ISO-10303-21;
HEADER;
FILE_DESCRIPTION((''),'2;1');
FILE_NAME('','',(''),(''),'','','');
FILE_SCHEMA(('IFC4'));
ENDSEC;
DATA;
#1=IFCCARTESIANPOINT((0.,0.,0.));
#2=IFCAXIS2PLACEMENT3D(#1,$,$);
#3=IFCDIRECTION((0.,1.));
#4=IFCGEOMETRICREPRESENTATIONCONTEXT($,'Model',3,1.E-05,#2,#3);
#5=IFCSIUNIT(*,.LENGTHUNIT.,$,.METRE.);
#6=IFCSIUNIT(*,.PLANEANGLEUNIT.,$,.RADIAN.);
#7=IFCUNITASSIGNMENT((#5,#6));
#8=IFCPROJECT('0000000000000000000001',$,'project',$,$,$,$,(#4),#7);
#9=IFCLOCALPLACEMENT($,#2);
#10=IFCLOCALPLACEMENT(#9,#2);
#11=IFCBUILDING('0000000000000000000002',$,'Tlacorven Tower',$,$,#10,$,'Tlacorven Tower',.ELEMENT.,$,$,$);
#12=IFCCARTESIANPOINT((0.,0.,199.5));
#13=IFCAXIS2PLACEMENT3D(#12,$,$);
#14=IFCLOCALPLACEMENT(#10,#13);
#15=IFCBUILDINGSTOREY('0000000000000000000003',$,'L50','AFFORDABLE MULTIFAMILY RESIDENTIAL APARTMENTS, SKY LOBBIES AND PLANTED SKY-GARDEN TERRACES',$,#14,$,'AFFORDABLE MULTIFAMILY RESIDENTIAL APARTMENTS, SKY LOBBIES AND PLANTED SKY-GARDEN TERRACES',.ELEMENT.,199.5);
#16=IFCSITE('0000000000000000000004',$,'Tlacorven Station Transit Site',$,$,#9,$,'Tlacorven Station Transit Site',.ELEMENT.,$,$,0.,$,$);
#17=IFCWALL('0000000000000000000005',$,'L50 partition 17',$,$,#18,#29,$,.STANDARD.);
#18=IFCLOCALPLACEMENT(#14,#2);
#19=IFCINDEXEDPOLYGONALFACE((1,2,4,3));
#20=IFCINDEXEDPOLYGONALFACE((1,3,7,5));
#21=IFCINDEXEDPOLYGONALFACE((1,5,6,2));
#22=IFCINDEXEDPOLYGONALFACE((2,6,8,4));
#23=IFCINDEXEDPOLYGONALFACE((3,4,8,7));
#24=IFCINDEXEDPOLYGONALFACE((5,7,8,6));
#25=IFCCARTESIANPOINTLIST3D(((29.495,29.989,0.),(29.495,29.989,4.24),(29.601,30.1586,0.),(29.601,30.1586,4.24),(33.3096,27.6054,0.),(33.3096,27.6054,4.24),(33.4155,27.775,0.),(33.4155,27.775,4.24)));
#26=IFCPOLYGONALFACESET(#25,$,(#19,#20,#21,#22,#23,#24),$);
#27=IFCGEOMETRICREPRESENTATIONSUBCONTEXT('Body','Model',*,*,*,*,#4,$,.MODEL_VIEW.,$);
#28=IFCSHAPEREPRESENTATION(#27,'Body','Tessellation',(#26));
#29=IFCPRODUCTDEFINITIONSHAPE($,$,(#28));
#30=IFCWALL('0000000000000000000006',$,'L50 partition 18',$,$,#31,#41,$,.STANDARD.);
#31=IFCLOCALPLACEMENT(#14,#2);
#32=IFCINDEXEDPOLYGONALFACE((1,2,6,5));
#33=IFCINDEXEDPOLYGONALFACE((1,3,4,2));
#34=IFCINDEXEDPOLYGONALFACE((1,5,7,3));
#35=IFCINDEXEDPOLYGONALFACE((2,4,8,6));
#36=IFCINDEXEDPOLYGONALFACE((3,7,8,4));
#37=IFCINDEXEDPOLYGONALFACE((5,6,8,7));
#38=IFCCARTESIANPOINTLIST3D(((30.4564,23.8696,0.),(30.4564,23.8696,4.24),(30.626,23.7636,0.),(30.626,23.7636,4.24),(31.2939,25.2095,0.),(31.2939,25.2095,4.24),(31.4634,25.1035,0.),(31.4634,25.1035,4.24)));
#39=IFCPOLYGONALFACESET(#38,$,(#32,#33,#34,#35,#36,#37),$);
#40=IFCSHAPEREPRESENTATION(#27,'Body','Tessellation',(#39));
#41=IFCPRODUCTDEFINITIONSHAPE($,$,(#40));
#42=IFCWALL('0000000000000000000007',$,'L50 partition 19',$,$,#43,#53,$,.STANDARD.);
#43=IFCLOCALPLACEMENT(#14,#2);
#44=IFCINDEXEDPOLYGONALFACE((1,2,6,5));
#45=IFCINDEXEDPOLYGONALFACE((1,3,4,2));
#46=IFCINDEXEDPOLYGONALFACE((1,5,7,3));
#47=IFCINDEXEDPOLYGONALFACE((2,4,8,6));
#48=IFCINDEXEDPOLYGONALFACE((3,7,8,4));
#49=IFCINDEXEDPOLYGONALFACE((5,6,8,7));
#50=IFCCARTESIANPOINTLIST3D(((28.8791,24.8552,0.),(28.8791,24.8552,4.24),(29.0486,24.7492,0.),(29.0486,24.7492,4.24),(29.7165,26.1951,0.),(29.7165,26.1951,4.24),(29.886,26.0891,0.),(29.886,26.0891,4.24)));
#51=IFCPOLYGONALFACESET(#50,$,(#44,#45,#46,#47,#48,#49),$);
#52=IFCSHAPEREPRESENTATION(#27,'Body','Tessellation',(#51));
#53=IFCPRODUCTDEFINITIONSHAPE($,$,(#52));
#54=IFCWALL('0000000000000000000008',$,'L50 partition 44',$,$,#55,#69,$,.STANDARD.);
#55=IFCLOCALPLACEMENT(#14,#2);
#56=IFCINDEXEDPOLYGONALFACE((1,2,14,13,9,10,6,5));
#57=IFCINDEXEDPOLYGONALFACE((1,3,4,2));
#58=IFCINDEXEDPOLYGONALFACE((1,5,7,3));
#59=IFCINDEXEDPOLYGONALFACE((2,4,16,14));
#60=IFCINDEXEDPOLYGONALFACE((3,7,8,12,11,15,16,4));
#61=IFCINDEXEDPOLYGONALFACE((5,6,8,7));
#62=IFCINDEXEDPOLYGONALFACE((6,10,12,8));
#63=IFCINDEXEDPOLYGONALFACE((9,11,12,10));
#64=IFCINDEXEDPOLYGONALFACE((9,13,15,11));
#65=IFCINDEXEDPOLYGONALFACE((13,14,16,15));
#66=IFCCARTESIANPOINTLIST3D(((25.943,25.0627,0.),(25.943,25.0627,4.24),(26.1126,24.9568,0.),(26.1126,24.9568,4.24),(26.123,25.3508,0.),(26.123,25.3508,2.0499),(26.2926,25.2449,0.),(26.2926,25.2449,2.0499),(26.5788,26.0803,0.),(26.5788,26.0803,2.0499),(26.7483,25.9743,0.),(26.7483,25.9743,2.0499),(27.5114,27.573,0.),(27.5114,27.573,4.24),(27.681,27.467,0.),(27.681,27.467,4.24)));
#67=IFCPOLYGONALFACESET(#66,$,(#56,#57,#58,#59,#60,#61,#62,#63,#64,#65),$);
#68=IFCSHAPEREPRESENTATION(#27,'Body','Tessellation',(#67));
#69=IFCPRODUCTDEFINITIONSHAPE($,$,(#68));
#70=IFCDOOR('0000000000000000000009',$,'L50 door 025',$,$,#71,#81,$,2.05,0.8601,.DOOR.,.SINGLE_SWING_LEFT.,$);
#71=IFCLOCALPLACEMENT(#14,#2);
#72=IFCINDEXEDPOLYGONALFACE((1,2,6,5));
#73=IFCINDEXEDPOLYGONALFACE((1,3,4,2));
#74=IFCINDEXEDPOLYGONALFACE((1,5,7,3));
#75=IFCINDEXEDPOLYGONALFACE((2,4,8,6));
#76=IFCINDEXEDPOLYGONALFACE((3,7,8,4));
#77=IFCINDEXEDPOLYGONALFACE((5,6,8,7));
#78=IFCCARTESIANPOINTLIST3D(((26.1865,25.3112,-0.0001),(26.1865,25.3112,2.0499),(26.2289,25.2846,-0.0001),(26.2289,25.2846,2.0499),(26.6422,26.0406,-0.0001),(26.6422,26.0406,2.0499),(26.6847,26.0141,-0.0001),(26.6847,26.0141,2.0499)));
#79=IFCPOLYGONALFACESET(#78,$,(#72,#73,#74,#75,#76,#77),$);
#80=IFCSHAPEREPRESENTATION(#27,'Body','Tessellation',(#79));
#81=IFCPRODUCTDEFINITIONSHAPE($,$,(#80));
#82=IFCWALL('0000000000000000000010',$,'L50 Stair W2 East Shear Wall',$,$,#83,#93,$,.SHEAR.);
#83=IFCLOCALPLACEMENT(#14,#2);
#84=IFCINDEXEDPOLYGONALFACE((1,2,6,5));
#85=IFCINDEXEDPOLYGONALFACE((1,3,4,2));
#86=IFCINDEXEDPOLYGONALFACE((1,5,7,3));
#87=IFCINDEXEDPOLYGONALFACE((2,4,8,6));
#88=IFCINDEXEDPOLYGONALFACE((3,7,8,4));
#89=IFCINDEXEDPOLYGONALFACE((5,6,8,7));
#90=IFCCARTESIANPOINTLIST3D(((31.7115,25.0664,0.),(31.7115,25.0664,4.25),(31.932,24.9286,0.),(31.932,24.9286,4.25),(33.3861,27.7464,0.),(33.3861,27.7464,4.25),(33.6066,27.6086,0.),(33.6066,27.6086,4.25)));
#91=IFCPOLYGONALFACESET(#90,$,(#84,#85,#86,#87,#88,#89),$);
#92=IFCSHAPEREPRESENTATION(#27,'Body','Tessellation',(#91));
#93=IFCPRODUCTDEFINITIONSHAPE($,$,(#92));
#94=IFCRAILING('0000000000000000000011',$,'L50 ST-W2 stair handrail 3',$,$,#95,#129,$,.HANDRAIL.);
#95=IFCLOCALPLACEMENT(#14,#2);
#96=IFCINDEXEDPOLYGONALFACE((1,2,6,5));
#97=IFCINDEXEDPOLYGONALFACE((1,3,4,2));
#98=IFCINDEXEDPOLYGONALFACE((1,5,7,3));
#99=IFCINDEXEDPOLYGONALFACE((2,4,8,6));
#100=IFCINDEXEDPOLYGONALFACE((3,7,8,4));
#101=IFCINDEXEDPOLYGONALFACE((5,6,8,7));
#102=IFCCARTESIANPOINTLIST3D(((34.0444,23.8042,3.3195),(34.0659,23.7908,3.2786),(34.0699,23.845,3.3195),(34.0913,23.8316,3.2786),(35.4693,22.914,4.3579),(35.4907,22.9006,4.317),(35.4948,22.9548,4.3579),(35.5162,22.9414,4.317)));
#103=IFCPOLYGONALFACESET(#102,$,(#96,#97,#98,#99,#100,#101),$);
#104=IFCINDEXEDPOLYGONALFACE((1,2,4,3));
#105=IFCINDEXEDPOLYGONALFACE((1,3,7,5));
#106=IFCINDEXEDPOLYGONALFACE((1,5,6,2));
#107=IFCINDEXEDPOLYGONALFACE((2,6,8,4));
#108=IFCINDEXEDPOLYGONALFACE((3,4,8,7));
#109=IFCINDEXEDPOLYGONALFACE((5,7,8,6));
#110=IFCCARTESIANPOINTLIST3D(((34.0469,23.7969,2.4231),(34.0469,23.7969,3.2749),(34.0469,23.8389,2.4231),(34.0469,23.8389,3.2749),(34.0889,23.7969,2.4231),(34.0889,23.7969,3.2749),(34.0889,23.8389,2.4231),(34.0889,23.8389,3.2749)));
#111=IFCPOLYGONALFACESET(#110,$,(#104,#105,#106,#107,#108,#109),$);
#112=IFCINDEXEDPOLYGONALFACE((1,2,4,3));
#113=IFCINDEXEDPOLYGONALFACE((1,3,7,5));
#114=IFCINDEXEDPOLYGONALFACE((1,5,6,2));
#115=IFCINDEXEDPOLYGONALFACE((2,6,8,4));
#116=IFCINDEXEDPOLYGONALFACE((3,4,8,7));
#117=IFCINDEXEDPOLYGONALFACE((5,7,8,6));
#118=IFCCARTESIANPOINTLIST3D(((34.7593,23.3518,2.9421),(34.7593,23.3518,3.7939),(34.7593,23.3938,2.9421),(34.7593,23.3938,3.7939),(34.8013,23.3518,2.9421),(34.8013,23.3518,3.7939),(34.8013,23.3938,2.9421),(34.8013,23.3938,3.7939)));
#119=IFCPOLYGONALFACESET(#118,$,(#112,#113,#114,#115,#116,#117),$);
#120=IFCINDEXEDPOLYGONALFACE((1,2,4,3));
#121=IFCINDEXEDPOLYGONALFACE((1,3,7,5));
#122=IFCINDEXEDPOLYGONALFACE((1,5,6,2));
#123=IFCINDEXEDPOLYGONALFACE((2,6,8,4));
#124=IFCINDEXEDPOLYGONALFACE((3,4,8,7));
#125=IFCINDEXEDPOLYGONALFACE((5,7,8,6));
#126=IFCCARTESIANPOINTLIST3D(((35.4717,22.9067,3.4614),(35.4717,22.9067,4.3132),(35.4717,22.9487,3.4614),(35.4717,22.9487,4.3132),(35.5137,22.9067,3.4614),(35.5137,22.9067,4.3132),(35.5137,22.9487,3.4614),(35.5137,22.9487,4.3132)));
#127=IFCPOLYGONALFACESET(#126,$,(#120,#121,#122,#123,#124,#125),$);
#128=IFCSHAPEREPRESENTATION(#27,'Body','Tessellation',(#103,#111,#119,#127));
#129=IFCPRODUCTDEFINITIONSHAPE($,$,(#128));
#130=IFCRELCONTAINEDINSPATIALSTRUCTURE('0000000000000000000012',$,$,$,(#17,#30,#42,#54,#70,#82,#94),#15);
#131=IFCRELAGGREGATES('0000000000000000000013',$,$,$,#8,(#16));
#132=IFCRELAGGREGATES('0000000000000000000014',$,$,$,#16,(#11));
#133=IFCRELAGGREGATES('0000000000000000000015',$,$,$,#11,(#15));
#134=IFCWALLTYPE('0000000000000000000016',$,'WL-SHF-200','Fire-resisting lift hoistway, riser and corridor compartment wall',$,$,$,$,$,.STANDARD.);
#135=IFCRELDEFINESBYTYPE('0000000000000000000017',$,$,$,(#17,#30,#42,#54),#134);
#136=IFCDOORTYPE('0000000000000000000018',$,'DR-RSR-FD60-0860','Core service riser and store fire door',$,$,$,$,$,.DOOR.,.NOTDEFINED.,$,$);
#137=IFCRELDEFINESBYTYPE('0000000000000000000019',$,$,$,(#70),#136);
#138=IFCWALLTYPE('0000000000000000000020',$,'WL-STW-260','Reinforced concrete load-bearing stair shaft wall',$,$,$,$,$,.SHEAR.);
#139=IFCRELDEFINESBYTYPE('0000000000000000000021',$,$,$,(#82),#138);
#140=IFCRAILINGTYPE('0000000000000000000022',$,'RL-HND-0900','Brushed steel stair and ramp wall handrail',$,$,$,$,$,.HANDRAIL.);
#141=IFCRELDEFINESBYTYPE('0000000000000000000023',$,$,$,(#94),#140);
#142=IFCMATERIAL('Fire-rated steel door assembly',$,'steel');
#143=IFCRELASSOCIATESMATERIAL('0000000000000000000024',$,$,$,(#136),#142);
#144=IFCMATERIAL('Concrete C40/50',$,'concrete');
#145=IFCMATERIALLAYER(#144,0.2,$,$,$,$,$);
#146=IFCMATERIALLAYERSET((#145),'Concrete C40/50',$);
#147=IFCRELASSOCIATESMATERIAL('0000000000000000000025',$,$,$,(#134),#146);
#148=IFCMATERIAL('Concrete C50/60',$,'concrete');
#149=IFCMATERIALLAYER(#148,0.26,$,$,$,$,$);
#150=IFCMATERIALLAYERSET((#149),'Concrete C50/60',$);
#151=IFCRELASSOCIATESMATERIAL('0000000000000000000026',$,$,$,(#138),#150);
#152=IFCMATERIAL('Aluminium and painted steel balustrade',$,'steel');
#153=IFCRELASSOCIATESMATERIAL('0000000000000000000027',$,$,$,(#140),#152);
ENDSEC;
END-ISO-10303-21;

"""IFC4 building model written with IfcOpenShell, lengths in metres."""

from ifc_helpers import new_model, si_unit, direction, frame, frame_2d, origin, origin_2d, place, context, subcontext, project, spatial, rectangle, extrude, source, transform, mapped, material, layer, layer_set, type_object, element, fill, save


model = new_model("IFC4")

# Units and contexts
model_context = context("Model", 3, precision=1e-05, world=origin(), true_north=direction((0.0, 1.0)))
body_context = subcontext(model_context, "Body", "Model", "MODEL_VIEW")
ifc_project = project(units=[si_unit("LENGTHUNIT", "METRE"), si_unit("PLANEANGLEUNIT", "RADIAN")], contexts=[model_context])

# Site, building, storey
site_placement = place(None, origin())
site = spatial("IfcSite", under=ifc_project, at=site_placement, Name="Tlacorven Station Transit Site", LongName="Tlacorven Station Transit Site", CompositionType="ELEMENT", RefElevation=0.0)
building_placement = place(site_placement, origin())
building = spatial("IfcBuilding", under=site, at=building_placement, Name="Tlacorven Tower", LongName="Tlacorven Tower", CompositionType="ELEMENT")
storey_placement = place(building_placement, frame((0.0, 0.0, 199.5)))
storey = spatial("IfcBuildingStorey", under=building, at=storey_placement, Name="L50", Description="AFFORDABLE MULTIFAMILY RESIDENTIAL APARTMENTS, SKY LOBBIES AND PLANTED SKY-GARDEN TERRACES", LongName="AFFORDABLE MULTIFAMILY RESIDENTIAL APARTMENTS, SKY LOBBIES AND PLANTED SKY-GARDEN TERRACES", CompositionType="ELEMENT", Elevation=199.5)

# Shared definitions
ifc_material_1 = material(Name="Fire-rated steel door assembly", Category="steel")
door_type_1 = type_object("IfcDoorType", Name="DR-RSR-FD60-0860", Description="Core service riser and store fire door", OperationType="NOTDEFINED", PredefinedType="DOOR", material=ifc_material_1)
shared_shape_1 = source(origin(), body_context, "Body", "SweptSolid", [
    extrude(rectangle(XDim=0.8601, YDim=2.05, at=frame_2d((0.4302, 1.0249))), frame((0.0, 0.0249, 0.0), z_axis=(0.0, -1.0, 0.0), x_axis=(1.0, 0.0, 0.0)), (0.0, 0.0, 1.0), 0.05),
])

# Shared definitions
ifc_material_2 = material(Name="Concrete C40/50", Category="concrete")
ifc_layer_1 = layer(ifc_material_2, 0.2)
ifc_layer_set_1 = layer_set([ifc_layer_1], Name="Concrete C40/50")
wall_type_1 = type_object("IfcWallType", Name="WL-SHF-200", Description="Fire-resisting lift hoistway, riser and corridor compartment wall", PredefinedType="STANDARD", material=ifc_layer_set_1)

# Walls
wall_1_placement = place(storey_placement, frame((33.3625, 27.6902, 0.0), z_axis=(0.0, 0.0, 1.0), x_axis=(-0.848047, 0.529921, 0.0)))
element("IfcWall", 1, at=wall_1_placement, inside=storey, type_object=wall_type_1, Name="L50 partition 17", PredefinedType="STANDARD", context=body_context, shape_type="SweptSolid", body=[
    extrude(rectangle(XDim=4.498, YDim=0.2, at=frame_2d((2.249, 0.0))), origin(), (0.0, 0.0, 1.0), 4.24),
])
for number, where, z_axis, x_axis, name in (
    (2, (31.3787, 25.1565, 0.0), (0.0, 0.0, 1.0), (-0.529999, -0.847998, 0.0), "L50 partition 18"),
    (3, (29.8013, 26.1421, 0.0), (0.0, 0.0, 1.0), (-0.529999, -0.847998, 0.0), "L50 partition 19"),
):
    element("IfcWall", number, at=place(storey_placement, frame(where, z_axis=z_axis, x_axis=x_axis)), inside=storey, type_object=wall_type_1, Name=name, PredefinedType="STANDARD", context=body_context, shape_type="SweptSolid", body=[
        extrude(rectangle(XDim=1.5801, YDim=0.2, at=frame_2d((0.79, 0.0))), origin(), (0.0, 0.0, 1.0), 4.24),
    ])

# Wall, opening, door
wall_2_placement = place(storey_placement, frame((27.5962, 27.52, 0.0), z_axis=(0.0, 0.0, 1.0), x_axis=(-0.529865, -0.848082, 0.0)))
wall_2 = element("IfcWall", 4, at=wall_2_placement, inside=storey, type_object=wall_type_1, Name="L50 partition 44", PredefinedType="STANDARD", context=body_context, shape_type="SweptSolid", body=[
    extrude(rectangle(XDim=2.96, YDim=0.2, at=frame_2d((1.48, 0.0))), origin(), (0.0, 0.0, 1.0), 4.24),
])
opening_1_placement = place(wall_2_placement, frame((1.76, 0.0, 0.0)))
opening_1 = element("IfcOpeningElement", 5, at=opening_1_placement, cuts=wall_2, PredefinedType="OPENING", context=body_context, shape_type="SweptSolid", body=[
    extrude(rectangle(XDim=0.8601, YDim=2.05, at=frame_2d((0.4302, 1.0249))), frame((0.0, 0.1099, 0.0), z_axis=(0.0, -1.0, 0.0), x_axis=(1.0, 0.0, 0.0)), (0.0, 0.0, 1.0), 0.22),
])
door_1_placement = place(opening_1_placement, origin())
door_1 = element("IfcDoor", 6, at=door_1_placement, inside=storey, type_object=door_type_1, Name="L50 door 025", OperationType="SINGLE_SWING_LEFT", OverallHeight=2.05, OverallWidth=0.8601, PredefinedType="DOOR", context=body_context, shape_type="MappedRepresentation", body=[
    mapped(shared_shape_1, transform((0.0, 0.0, 0.0), scale=1.0)),
])
fill(opening_1, door_1)

# Wall
ifc_material_3 = material(Name="Concrete C50/60", Category="concrete")
ifc_layer_2 = layer(ifc_material_3, 0.26)
ifc_layer_set_2 = layer_set([ifc_layer_2], Name="Concrete C50/60")
wall_type_2 = type_object("IfcWallType", Name="WL-STW-260", Description="Reinforced concrete load-bearing stair shaft wall", PredefinedType="SHEAR", material=ifc_layer_set_2)
wall_3_placement = place(storey_placement, frame((33.4963, 27.6775, 0.0), z_axis=(0.0, 0.0, 1.0), x_axis=(-0.529909, -0.848055, 0.0)))
element("IfcWall", 7, at=wall_3_placement, inside=storey, type_object=wall_type_2, Name="L50 Stair W2 East Shear Wall", PredefinedType="SHEAR", context=body_context, shape_type="SweptSolid", body=[
    extrude(rectangle(XDim=3.1602, YDim=0.26, at=frame_2d((1.5801, 0.0))), origin(), (0.0, 0.0, 1.0), 4.25),
])

# Railing
ifc_material_4 = material(Name="Aluminium and painted steel balustrade", Category="steel")
railing_type = type_object("IfcRailingType", Name="RL-HND-0900", Description="Brushed steel stair and ramp wall handrail", PredefinedType="HANDRAIL", material=ifc_material_4)
shared_shape_2 = source(origin(), body_context, "Body", "SweptSolid", [
    extrude(rectangle(XDim=0.0481, YDim=0.0481, at=origin_2d()), frame((0.0, 0.0, 0.876), z_axis=(0.721428, -0.450707, 0.525742), x_axis=(0.529842, 0.848096, 0.0)), (0.0, 0.0, 1.0), 1.9751),
    extrude(rectangle(XDim=0.042, YDim=0.042, at=origin_2d()), origin(), (0.0, 0.0, 1.0), 0.8518),
    extrude(rectangle(XDim=0.042, YDim=0.042, at=origin_2d()), frame((0.7124, -0.4451, 0.519)), (0.0, 0.0, 1.0), 0.8518),
    extrude(rectangle(XDim=0.042, YDim=0.042, at=origin_2d()), frame((1.4248, -0.8901, 1.0383)), (0.0, 0.0, 1.0), 0.8518),
])
railing_placement = place(storey_placement, frame((34.0679, 23.8179, 2.4231)))
element("IfcRailing", 8, at=railing_placement, inside=storey, type_object=railing_type, Name="L50 ST-W2 stair handrail 3", PredefinedType="HANDRAIL", context=body_context, shape_type="MappedRepresentation", body=[
    mapped(shared_shape_2, transform((0.0, 0.0, 0.0), scale=1.0)),
])

save(model, "model.ifc")
